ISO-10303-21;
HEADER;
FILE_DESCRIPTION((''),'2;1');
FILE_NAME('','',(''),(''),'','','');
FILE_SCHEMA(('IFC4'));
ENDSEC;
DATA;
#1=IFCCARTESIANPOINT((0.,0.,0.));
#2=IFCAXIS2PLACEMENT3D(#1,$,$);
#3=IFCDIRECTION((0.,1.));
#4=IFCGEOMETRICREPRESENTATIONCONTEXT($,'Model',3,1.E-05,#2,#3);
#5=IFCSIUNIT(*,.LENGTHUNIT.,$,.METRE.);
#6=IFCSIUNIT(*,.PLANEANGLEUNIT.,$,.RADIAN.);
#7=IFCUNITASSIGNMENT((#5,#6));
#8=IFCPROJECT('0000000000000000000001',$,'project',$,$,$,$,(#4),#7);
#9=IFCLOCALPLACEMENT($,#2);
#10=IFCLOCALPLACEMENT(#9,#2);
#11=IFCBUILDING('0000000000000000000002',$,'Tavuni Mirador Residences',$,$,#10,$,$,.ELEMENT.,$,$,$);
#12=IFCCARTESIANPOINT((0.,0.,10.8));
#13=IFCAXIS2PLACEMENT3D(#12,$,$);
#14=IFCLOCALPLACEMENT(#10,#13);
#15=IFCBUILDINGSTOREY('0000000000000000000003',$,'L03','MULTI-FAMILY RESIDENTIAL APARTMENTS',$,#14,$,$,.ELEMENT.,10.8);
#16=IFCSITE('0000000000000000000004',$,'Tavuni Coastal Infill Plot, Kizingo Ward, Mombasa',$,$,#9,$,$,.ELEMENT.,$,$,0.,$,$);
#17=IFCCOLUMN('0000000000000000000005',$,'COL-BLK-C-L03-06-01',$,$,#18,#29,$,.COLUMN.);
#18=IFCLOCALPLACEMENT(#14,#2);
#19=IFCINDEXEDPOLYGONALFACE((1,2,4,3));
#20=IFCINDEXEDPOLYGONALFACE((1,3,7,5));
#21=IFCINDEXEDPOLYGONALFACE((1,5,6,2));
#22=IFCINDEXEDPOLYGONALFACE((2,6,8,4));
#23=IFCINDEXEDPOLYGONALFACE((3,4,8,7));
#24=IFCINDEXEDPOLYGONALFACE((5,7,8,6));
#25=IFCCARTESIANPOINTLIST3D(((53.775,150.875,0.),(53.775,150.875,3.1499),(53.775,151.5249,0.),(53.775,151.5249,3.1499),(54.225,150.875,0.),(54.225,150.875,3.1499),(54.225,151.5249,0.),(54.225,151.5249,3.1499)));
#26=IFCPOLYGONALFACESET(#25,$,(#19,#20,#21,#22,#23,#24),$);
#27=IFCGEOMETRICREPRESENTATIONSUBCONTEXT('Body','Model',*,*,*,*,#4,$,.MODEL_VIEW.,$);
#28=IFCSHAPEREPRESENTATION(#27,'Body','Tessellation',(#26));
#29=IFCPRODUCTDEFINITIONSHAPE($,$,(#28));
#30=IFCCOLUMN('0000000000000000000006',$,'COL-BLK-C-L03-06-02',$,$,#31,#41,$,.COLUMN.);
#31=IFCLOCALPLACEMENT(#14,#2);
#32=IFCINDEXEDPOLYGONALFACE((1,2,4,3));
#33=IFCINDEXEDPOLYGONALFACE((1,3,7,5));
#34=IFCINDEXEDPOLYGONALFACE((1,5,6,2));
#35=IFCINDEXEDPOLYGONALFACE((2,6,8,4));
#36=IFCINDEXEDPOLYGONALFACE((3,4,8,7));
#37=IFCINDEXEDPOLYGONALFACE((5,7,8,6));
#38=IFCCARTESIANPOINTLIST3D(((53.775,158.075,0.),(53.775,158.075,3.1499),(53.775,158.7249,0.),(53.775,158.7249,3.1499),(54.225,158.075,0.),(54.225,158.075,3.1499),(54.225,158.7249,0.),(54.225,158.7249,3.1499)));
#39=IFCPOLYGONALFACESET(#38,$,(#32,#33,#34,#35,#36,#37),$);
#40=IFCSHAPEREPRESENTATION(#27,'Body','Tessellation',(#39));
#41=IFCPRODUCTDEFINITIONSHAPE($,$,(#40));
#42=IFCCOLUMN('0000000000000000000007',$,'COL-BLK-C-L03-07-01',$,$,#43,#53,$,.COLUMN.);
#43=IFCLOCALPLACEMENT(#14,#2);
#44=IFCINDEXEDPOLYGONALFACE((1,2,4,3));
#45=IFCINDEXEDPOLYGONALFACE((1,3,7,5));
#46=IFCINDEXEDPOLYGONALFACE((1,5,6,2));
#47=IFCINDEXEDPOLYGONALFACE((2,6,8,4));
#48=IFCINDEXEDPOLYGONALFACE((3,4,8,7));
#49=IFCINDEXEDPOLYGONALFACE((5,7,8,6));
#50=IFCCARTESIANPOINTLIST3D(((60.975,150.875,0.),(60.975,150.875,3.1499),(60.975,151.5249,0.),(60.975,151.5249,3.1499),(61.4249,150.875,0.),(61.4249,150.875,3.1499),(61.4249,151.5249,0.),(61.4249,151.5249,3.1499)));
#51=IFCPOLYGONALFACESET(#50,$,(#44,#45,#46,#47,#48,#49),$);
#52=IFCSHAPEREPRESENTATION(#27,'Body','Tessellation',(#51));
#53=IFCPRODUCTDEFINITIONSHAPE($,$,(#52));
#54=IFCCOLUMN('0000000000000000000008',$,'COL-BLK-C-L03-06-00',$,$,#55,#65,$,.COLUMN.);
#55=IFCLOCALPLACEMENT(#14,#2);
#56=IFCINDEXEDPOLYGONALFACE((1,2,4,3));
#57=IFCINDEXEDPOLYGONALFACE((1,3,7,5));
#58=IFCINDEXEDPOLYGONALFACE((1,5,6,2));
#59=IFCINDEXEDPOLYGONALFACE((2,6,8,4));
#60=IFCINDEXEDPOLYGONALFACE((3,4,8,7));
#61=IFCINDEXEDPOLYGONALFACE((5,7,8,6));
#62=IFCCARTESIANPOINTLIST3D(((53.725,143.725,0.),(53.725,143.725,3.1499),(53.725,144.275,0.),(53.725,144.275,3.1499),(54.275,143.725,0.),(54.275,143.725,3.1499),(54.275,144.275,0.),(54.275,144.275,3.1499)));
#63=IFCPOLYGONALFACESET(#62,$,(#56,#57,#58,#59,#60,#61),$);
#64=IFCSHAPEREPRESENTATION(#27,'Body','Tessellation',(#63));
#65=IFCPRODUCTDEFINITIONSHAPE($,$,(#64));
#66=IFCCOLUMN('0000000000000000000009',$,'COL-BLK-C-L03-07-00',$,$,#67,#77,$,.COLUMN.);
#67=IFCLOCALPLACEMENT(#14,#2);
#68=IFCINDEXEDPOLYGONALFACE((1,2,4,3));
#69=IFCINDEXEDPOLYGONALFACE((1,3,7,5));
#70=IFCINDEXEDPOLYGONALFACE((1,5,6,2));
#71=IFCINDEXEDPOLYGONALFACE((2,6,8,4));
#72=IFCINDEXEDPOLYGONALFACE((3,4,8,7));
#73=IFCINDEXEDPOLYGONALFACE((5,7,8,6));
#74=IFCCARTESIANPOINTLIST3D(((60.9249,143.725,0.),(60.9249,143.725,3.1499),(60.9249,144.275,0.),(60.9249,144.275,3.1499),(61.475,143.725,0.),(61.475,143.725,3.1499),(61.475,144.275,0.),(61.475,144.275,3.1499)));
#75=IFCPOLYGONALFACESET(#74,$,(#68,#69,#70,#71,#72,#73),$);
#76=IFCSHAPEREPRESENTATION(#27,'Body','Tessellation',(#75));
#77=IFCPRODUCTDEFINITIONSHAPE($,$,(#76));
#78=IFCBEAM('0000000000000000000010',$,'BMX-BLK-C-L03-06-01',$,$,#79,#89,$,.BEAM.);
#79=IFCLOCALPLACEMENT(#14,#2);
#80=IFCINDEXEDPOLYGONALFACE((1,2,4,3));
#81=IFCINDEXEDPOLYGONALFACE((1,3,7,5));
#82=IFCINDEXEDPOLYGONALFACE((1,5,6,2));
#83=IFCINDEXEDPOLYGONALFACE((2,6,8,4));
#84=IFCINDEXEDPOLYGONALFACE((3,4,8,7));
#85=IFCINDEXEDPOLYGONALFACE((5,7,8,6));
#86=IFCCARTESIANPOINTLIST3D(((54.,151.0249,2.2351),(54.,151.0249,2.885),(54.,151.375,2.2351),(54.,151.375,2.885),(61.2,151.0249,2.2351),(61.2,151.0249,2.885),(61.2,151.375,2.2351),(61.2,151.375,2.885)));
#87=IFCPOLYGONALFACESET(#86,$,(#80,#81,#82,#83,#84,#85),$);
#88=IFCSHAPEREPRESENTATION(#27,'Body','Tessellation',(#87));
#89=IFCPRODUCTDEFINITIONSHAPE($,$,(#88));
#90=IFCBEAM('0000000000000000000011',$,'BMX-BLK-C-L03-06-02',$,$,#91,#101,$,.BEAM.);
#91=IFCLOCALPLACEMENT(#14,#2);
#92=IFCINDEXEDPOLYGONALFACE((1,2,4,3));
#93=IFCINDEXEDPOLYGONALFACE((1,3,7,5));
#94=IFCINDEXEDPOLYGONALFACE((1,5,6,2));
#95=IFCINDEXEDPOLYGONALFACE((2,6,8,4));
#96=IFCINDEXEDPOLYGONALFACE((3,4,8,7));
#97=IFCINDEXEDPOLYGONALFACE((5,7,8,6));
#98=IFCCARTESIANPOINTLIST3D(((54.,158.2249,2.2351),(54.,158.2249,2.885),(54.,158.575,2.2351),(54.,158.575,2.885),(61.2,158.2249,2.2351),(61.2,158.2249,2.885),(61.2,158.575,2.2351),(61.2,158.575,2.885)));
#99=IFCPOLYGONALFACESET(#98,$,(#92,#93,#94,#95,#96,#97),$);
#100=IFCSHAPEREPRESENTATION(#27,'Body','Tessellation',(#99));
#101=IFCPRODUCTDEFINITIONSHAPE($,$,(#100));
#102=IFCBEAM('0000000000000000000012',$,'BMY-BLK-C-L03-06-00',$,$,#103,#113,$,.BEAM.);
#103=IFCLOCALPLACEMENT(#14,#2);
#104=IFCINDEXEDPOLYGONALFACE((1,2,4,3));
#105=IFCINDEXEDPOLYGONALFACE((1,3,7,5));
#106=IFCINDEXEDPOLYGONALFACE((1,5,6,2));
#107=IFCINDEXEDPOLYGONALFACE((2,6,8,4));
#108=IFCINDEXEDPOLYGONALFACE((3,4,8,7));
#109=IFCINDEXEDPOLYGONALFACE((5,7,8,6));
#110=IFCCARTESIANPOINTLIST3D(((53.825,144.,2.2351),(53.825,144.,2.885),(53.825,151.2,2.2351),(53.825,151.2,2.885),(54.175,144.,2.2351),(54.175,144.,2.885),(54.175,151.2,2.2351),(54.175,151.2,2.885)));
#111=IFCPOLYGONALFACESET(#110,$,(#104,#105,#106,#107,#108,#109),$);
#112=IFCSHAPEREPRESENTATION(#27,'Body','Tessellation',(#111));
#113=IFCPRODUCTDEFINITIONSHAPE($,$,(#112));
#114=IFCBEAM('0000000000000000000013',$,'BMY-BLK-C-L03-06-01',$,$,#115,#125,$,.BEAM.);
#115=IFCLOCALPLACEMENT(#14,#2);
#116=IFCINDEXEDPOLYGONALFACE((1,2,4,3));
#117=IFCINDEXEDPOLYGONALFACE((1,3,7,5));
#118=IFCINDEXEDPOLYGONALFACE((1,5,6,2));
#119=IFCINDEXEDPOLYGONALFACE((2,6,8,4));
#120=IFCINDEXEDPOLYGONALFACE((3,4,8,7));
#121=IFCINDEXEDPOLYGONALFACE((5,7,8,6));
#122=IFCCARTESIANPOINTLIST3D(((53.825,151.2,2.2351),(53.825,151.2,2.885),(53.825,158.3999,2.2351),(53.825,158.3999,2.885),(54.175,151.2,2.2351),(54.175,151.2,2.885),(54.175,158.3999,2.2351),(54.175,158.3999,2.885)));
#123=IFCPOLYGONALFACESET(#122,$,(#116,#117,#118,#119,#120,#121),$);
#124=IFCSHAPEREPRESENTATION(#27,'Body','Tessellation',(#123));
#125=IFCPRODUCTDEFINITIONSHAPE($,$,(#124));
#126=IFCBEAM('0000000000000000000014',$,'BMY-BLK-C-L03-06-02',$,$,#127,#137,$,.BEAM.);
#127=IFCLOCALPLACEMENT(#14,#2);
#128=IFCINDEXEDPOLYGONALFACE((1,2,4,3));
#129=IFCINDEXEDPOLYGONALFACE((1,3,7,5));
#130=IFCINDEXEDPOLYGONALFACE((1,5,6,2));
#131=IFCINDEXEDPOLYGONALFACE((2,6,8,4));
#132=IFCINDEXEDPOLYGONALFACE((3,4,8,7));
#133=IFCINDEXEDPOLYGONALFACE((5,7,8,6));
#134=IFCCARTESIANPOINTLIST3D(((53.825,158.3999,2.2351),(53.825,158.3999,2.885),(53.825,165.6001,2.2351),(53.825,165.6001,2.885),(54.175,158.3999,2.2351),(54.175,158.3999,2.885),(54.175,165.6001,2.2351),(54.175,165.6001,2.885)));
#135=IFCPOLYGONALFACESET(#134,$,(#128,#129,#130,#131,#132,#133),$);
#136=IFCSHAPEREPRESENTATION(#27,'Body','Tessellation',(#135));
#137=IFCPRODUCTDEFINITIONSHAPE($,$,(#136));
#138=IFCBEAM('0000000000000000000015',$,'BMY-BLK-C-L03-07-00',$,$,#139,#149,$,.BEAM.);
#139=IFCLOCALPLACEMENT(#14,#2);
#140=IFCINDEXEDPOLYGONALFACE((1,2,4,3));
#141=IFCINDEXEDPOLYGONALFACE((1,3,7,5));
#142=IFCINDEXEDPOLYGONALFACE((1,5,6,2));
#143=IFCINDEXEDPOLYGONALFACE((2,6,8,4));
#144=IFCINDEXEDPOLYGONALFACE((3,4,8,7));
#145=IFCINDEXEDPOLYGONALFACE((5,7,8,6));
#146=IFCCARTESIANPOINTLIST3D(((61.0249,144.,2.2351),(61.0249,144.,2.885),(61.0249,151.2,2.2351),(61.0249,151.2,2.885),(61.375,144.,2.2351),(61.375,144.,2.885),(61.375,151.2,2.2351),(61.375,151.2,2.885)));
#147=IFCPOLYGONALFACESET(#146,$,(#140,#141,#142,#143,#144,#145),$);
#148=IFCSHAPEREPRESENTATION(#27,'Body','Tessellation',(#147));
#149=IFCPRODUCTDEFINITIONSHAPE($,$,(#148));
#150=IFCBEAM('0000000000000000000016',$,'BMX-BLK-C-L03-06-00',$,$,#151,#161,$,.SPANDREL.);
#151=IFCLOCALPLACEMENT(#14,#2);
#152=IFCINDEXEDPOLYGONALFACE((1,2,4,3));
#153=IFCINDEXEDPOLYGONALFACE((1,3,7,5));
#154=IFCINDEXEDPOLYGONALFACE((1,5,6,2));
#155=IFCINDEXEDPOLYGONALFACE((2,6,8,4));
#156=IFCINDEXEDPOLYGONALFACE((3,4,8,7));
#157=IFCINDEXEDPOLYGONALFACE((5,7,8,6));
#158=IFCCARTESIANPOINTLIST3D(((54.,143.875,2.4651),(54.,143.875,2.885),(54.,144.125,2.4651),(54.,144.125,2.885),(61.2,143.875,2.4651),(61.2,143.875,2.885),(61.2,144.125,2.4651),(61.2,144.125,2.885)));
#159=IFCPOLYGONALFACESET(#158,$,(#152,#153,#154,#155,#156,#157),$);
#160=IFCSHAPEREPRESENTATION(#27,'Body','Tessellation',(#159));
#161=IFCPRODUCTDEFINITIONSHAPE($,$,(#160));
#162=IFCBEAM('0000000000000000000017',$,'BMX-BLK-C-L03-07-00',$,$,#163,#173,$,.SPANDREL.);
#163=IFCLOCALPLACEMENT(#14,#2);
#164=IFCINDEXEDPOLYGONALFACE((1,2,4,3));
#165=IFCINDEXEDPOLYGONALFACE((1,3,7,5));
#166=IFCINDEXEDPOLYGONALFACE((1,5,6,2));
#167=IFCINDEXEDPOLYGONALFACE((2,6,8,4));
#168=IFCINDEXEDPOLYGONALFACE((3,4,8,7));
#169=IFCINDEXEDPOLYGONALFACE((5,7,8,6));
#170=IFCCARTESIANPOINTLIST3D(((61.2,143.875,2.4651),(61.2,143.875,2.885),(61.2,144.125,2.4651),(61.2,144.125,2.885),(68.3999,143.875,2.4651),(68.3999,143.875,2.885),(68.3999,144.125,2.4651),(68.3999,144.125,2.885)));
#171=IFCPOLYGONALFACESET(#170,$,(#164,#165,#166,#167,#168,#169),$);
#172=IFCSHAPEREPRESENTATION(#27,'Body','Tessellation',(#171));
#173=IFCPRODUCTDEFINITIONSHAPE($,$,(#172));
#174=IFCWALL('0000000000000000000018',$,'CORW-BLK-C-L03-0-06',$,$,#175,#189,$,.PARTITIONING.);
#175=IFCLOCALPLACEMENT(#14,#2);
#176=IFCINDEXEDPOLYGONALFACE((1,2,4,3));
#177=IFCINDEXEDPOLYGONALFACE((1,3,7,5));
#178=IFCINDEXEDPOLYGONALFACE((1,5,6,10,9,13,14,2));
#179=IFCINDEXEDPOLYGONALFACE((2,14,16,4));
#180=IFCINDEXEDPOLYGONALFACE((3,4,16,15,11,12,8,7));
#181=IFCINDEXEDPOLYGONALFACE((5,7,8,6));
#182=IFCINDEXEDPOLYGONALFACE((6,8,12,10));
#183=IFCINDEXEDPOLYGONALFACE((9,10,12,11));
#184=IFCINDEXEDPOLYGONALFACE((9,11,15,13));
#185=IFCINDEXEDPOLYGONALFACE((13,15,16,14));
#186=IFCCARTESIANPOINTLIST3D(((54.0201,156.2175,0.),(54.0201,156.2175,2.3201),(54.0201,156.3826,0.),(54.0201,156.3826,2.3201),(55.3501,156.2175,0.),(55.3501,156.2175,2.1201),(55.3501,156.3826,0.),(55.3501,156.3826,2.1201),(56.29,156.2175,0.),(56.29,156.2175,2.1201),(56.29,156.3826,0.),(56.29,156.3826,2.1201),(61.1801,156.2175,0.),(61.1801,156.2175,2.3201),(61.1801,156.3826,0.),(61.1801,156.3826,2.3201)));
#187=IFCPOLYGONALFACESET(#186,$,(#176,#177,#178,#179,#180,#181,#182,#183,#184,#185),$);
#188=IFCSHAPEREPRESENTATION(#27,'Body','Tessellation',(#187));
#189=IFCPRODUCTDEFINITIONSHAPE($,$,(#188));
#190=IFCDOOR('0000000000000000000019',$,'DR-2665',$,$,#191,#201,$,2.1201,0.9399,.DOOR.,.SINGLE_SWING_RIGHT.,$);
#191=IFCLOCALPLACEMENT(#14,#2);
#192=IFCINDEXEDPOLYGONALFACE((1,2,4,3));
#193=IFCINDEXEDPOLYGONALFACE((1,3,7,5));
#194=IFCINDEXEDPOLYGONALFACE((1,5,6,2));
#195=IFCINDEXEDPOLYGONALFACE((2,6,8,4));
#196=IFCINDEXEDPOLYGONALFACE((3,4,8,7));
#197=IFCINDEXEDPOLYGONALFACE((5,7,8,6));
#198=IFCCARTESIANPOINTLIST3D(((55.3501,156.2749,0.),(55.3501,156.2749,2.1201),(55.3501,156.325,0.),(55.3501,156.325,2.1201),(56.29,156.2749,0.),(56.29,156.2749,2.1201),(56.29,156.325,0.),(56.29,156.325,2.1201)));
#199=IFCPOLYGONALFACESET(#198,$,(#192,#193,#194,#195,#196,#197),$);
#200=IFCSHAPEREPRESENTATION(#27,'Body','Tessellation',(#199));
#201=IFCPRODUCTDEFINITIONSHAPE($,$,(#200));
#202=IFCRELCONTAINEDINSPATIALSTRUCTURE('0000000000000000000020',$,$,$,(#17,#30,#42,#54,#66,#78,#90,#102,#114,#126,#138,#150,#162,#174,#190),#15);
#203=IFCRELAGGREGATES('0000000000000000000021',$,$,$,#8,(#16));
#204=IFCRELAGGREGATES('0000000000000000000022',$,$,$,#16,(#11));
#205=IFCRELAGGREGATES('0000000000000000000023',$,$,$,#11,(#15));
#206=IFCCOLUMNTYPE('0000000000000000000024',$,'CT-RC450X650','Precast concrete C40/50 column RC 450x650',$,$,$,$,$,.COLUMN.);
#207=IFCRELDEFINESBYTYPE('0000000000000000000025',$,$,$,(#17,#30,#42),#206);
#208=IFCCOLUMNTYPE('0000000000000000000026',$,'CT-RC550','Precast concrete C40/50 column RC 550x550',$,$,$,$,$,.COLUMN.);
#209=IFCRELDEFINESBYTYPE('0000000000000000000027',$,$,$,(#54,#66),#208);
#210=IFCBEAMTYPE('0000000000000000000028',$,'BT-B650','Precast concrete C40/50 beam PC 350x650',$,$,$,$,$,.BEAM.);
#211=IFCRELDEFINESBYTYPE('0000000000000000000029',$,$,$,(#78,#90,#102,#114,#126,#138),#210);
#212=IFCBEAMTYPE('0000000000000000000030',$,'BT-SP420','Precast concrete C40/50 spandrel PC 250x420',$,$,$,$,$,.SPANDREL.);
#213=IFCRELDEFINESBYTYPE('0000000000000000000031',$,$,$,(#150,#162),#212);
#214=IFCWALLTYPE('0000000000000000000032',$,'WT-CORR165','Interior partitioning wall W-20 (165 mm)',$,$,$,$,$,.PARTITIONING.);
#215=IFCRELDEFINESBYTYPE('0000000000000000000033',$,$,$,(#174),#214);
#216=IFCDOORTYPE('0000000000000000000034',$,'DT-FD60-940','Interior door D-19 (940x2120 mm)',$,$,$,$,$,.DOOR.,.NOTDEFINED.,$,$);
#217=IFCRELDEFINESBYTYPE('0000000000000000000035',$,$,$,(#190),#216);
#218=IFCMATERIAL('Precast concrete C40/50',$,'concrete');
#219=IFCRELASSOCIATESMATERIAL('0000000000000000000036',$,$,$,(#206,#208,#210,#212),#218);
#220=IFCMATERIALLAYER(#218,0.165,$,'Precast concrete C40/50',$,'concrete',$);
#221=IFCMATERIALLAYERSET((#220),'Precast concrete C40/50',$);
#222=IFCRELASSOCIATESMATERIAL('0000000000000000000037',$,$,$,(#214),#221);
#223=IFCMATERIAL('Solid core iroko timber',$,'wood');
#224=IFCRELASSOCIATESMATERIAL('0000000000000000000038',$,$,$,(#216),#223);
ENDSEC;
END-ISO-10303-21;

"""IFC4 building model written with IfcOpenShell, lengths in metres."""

from ifc_helpers import new_model, si_unit, direction, frame, frame_2d, origin, origin_2d, place, context, subcontext, project, spatial, rectangle, extrude, material, layer, layer_set, material_profile, profile_set, type_object, element, fill, save


model = new_model("IFC4")

# Units and contexts
model_context = context("Model", 3, precision=1e-05, world=origin(), true_north=direction((0.0, 1.0)))
body_context = subcontext(model_context, "Body", "Model", "MODEL_VIEW")
ifc_project = project(units=[si_unit("LENGTHUNIT", "METRE"), si_unit("PLANEANGLEUNIT", "RADIAN")], contexts=[model_context])

# Site, building, storey
site_placement = place(None, origin())
site = spatial("IfcSite", under=ifc_project, at=site_placement, Name="Tavuni Coastal Infill Plot, Kizingo Ward, Mombasa", CompositionType="ELEMENT", RefElevation=0.0)
building_placement = place(site_placement, origin())
building = spatial("IfcBuilding", under=site, at=building_placement, Name="Tavuni Mirador Residences", CompositionType="ELEMENT")
storey_placement = place(building_placement, frame((0.0, 0.0, 10.8)))
storey = spatial("IfcBuildingStorey", under=building, at=storey_placement, Name="L03", Description="MULTI-FAMILY RESIDENTIAL APARTMENTS", CompositionType="ELEMENT", Elevation=10.8)

# Columns
ifc_material_1 = material(Name="Precast concrete C40/50", Category="concrete")
ifc_material_profile_1 = material_profile(ifc_material_1, rectangle(XDim=0.45, YDim=0.6499, at=origin_2d()), Name="RC 450x650", Category="concrete")
ifc_profile_set_1 = profile_set([ifc_material_profile_1], Name="Precast concrete C40/50")
column_type_1 = type_object("IfcColumnType", Name="CT-RC450X650", Description="Precast concrete C40/50 column RC 450x650", PredefinedType="COLUMN", material=ifc_profile_set_1)
for number, where, z_axis, x_axis, name in (
    (1, (54.0, 151.2, 0.0), (0.0, 0.0, 1.0), (1.0, 0.0, 0.0), "COL-BLK-C-L03-06-01"),
    (2, (54.0, 158.3999, 0.0), (0.0, 0.0, 1.0), (1.0, 0.0, 0.0), "COL-BLK-C-L03-06-02"),
    (3, (61.2, 151.2, 0.0), (0.0, 0.0, 1.0), (1.0, 0.0, 0.0), "COL-BLK-C-L03-07-01"),
):
    element("IfcColumn", number, at=place(storey_placement, frame(where, z_axis=z_axis, x_axis=x_axis)), inside=storey, type_object=column_type_1, Name=name, PredefinedType="COLUMN", context=body_context, shape_type="SweptSolid", body=[
        extrude(rectangle(XDim=0.45, YDim=0.6499, at=origin_2d()), origin(), (0.0, 0.0, 1.0), 3.1499),
    ])
ifc_material_profile_2 = material_profile(ifc_material_1, rectangle(XDim=0.55, YDim=0.55, at=origin_2d()), Name="RC 550x550", Category="concrete")
ifc_profile_set_2 = profile_set([ifc_material_profile_2], Name="Precast concrete C40/50")
column_type_2 = type_object("IfcColumnType", Name="CT-RC550", Description="Precast concrete C40/50 column RC 550x550", PredefinedType="COLUMN", material=ifc_profile_set_2)
for number, where, z_axis, x_axis, name in (
    (4, (54.0, 144.0, 0.0), (0.0, 0.0, 1.0), (1.0, 0.0, 0.0), "COL-BLK-C-L03-06-00"),
    (5, (61.2, 144.0, 0.0), (0.0, 0.0, 1.0), (1.0, 0.0, 0.0), "COL-BLK-C-L03-07-00"),
):
    element("IfcColumn", number, at=place(storey_placement, frame(where, z_axis=z_axis, x_axis=x_axis)), inside=storey, type_object=column_type_2, Name=name, PredefinedType="COLUMN", context=body_context, shape_type="SweptSolid", body=[
        extrude(rectangle(XDim=0.55, YDim=0.55, at=origin_2d()), origin(), (0.0, 0.0, 1.0), 3.1499),
    ])

# Beams
ifc_material_profile_3 = material_profile(ifc_material_1, rectangle(XDim=0.3501, YDim=0.6499, at=origin_2d()), Name="PC 350x650", Category="concrete")
ifc_profile_set_3 = profile_set([ifc_material_profile_3], Name="Precast concrete C40/50")
beam_type_1 = type_object("IfcBeamType", Name="BT-B650", Description="Precast concrete C40/50 beam PC 350x650", PredefinedType="BEAM", material=ifc_profile_set_3)
for number, where, z_axis, x_axis, name in (
    (6, (54.0, 151.2, 2.5601), (1.0, 0.0, 0.0), (0.0, 1.0, 0.0), "BMX-BLK-C-L03-06-01"),
    (7, (54.0, 158.3999, 2.5601), (1.0, 0.0, 0.0), (0.0, 1.0, 0.0), "BMX-BLK-C-L03-06-02"),
    (8, (54.0, 144.0, 2.5601), (0.0, 1.0, 0.0), (-1.0, 0.0, 0.0), "BMY-BLK-C-L03-06-00"),
    (9, (54.0, 151.2, 2.5601), (0.0, 1.0, 0.0), (-1.0, 0.0, 0.0), "BMY-BLK-C-L03-06-01"),
):
    element("IfcBeam", number, at=place(storey_placement, frame(where, z_axis=z_axis, x_axis=x_axis)), inside=storey, type_object=beam_type_1, Name=name, PredefinedType="BEAM", context=body_context, shape_type="SweptSolid", body=[
        extrude(rectangle(XDim=0.3501, YDim=0.6499, at=origin_2d()), origin(), (0.0, 0.0, 1.0), 7.2),
    ])
beam_1_placement = place(storey_placement, frame((54.0, 158.3999, 2.5601), z_axis=(0.0, 1.0, 0.0), x_axis=(-1.0, 0.0, 0.0)))
element("IfcBeam", 10, at=beam_1_placement, inside=storey, type_object=beam_type_1, Name="BMY-BLK-C-L03-06-02", PredefinedType="BEAM", context=body_context, shape_type="SweptSolid", body=[
    extrude(rectangle(XDim=0.3501, YDim=0.6499, at=origin_2d()), origin(), (0.0, 0.0, 1.0), 7.2002),
])
beam_2_placement = place(storey_placement, frame((61.2, 144.0, 2.5601), z_axis=(0.0, 1.0, 0.0), x_axis=(-1.0, 0.0, 0.0)))
element("IfcBeam", 11, at=beam_2_placement, inside=storey, type_object=beam_type_1, Name="BMY-BLK-C-L03-07-00", PredefinedType="BEAM", context=body_context, shape_type="SweptSolid", body=[
    extrude(rectangle(XDim=0.3501, YDim=0.6499, at=origin_2d()), origin(), (0.0, 0.0, 1.0), 7.2),
])
ifc_material_profile_4 = material_profile(ifc_material_1, rectangle(XDim=0.25, YDim=0.4199, at=origin_2d()), Name="PC 250x420", Category="concrete")
ifc_profile_set_4 = profile_set([ifc_material_profile_4], Name="Precast concrete C40/50")
beam_type_2 = type_object("IfcBeamType", Name="BT-SP420", Description="Precast concrete C40/50 spandrel PC 250x420", PredefinedType="SPANDREL", material=ifc_profile_set_4)
for number, where, z_axis, x_axis, name in (
    (12, (54.0, 144.0, 2.675), (1.0, 0.0, 0.0), (0.0, 1.0, 0.0), "BMX-BLK-C-L03-06-00"),
    (13, (61.2, 144.0, 2.675), (1.0, 0.0, 0.0), (0.0, 1.0, 0.0), "BMX-BLK-C-L03-07-00"),
):
    element("IfcBeam", number, at=place(storey_placement, frame(where, z_axis=z_axis, x_axis=x_axis)), inside=storey, type_object=beam_type_2, Name=name, PredefinedType="SPANDREL", context=body_context, shape_type="SweptSolid", body=[
        extrude(rectangle(XDim=0.25, YDim=0.4199, at=origin_2d()), origin(), (0.0, 0.0, 1.0), 7.2),
    ])

# Wall, opening, door
ifc_layer_1 = layer(ifc_material_1, 0.165, Name="Precast concrete C40/50", Category="concrete")
ifc_layer_set_1 = layer_set([ifc_layer_1], Name="Precast concrete C40/50")
wall_type_1 = type_object("IfcWallType", Name="WT-CORR165", Description="Interior partitioning wall W-20 (165 mm)", PredefinedType="PARTITIONING", material=ifc_layer_set_1)
wall_1_placement = place(storey_placement, frame((54.02, 156.3, 0.0), z_axis=(0.0, 0.0, 1.0), x_axis=(1.0, 0.0, 0.0)))
wall_1 = element("IfcWall", 14, at=wall_1_placement, inside=storey, type_object=wall_type_1, Name="CORW-BLK-C-L03-0-06", PredefinedType="PARTITIONING", context=body_context, shape_type="SweptSolid", body=[
    extrude(rectangle(XDim=7.1599, YDim=0.165, at=frame_2d((3.5801, 0.0))), origin(), (0.0, 0.0, 1.0), 2.3201),
])
opening_1_placement = place(wall_1_placement, frame((1.3301, 0.0, 0.0)))
opening_1 = element("IfcOpeningElement", 15, at=opening_1_placement, cuts=wall_1, PredefinedType="OPENING", context=body_context, shape_type="SweptSolid", body=[
    extrude(rectangle(XDim=0.9399, YDim=2.1201, at=frame_2d((0.47, 1.0601))), frame((0.0, 0.0925, 0.0), z_axis=(0.0, -1.0, 0.0), x_axis=(1.0, 0.0, 0.0)), (0.0, 0.0, 1.0), 0.1851),
])
ifc_material_2 = material(Name="Solid core iroko timber", Category="wood")
door_type_1 = type_object("IfcDoorType", Name="DT-FD60-940", Description="Interior door D-19 (940x2120 mm)", OperationType="NOTDEFINED", PredefinedType="DOOR", material=ifc_material_2)
door_1_placement = place(opening_1_placement, origin())
door_1 = element("IfcDoor", 16, at=door_1_placement, inside=storey, type_object=door_type_1, Name="DR-2665", OperationType="SINGLE_SWING_RIGHT", OverallHeight=2.1201, OverallWidth=0.9399, PredefinedType="DOOR", context=body_context, shape_type="SweptSolid", body=[
    extrude(rectangle(XDim=0.9399, YDim=2.1201, at=frame_2d((0.47, 1.0601))), frame((0.0, 0.0249, 0.0), z_axis=(0.0, -1.0, 0.0), x_axis=(1.0, 0.0, 0.0)), (0.0, 0.0, 1.0), 0.05),
])
fill(opening_1, door_1)

save(model, "model.ifc")
